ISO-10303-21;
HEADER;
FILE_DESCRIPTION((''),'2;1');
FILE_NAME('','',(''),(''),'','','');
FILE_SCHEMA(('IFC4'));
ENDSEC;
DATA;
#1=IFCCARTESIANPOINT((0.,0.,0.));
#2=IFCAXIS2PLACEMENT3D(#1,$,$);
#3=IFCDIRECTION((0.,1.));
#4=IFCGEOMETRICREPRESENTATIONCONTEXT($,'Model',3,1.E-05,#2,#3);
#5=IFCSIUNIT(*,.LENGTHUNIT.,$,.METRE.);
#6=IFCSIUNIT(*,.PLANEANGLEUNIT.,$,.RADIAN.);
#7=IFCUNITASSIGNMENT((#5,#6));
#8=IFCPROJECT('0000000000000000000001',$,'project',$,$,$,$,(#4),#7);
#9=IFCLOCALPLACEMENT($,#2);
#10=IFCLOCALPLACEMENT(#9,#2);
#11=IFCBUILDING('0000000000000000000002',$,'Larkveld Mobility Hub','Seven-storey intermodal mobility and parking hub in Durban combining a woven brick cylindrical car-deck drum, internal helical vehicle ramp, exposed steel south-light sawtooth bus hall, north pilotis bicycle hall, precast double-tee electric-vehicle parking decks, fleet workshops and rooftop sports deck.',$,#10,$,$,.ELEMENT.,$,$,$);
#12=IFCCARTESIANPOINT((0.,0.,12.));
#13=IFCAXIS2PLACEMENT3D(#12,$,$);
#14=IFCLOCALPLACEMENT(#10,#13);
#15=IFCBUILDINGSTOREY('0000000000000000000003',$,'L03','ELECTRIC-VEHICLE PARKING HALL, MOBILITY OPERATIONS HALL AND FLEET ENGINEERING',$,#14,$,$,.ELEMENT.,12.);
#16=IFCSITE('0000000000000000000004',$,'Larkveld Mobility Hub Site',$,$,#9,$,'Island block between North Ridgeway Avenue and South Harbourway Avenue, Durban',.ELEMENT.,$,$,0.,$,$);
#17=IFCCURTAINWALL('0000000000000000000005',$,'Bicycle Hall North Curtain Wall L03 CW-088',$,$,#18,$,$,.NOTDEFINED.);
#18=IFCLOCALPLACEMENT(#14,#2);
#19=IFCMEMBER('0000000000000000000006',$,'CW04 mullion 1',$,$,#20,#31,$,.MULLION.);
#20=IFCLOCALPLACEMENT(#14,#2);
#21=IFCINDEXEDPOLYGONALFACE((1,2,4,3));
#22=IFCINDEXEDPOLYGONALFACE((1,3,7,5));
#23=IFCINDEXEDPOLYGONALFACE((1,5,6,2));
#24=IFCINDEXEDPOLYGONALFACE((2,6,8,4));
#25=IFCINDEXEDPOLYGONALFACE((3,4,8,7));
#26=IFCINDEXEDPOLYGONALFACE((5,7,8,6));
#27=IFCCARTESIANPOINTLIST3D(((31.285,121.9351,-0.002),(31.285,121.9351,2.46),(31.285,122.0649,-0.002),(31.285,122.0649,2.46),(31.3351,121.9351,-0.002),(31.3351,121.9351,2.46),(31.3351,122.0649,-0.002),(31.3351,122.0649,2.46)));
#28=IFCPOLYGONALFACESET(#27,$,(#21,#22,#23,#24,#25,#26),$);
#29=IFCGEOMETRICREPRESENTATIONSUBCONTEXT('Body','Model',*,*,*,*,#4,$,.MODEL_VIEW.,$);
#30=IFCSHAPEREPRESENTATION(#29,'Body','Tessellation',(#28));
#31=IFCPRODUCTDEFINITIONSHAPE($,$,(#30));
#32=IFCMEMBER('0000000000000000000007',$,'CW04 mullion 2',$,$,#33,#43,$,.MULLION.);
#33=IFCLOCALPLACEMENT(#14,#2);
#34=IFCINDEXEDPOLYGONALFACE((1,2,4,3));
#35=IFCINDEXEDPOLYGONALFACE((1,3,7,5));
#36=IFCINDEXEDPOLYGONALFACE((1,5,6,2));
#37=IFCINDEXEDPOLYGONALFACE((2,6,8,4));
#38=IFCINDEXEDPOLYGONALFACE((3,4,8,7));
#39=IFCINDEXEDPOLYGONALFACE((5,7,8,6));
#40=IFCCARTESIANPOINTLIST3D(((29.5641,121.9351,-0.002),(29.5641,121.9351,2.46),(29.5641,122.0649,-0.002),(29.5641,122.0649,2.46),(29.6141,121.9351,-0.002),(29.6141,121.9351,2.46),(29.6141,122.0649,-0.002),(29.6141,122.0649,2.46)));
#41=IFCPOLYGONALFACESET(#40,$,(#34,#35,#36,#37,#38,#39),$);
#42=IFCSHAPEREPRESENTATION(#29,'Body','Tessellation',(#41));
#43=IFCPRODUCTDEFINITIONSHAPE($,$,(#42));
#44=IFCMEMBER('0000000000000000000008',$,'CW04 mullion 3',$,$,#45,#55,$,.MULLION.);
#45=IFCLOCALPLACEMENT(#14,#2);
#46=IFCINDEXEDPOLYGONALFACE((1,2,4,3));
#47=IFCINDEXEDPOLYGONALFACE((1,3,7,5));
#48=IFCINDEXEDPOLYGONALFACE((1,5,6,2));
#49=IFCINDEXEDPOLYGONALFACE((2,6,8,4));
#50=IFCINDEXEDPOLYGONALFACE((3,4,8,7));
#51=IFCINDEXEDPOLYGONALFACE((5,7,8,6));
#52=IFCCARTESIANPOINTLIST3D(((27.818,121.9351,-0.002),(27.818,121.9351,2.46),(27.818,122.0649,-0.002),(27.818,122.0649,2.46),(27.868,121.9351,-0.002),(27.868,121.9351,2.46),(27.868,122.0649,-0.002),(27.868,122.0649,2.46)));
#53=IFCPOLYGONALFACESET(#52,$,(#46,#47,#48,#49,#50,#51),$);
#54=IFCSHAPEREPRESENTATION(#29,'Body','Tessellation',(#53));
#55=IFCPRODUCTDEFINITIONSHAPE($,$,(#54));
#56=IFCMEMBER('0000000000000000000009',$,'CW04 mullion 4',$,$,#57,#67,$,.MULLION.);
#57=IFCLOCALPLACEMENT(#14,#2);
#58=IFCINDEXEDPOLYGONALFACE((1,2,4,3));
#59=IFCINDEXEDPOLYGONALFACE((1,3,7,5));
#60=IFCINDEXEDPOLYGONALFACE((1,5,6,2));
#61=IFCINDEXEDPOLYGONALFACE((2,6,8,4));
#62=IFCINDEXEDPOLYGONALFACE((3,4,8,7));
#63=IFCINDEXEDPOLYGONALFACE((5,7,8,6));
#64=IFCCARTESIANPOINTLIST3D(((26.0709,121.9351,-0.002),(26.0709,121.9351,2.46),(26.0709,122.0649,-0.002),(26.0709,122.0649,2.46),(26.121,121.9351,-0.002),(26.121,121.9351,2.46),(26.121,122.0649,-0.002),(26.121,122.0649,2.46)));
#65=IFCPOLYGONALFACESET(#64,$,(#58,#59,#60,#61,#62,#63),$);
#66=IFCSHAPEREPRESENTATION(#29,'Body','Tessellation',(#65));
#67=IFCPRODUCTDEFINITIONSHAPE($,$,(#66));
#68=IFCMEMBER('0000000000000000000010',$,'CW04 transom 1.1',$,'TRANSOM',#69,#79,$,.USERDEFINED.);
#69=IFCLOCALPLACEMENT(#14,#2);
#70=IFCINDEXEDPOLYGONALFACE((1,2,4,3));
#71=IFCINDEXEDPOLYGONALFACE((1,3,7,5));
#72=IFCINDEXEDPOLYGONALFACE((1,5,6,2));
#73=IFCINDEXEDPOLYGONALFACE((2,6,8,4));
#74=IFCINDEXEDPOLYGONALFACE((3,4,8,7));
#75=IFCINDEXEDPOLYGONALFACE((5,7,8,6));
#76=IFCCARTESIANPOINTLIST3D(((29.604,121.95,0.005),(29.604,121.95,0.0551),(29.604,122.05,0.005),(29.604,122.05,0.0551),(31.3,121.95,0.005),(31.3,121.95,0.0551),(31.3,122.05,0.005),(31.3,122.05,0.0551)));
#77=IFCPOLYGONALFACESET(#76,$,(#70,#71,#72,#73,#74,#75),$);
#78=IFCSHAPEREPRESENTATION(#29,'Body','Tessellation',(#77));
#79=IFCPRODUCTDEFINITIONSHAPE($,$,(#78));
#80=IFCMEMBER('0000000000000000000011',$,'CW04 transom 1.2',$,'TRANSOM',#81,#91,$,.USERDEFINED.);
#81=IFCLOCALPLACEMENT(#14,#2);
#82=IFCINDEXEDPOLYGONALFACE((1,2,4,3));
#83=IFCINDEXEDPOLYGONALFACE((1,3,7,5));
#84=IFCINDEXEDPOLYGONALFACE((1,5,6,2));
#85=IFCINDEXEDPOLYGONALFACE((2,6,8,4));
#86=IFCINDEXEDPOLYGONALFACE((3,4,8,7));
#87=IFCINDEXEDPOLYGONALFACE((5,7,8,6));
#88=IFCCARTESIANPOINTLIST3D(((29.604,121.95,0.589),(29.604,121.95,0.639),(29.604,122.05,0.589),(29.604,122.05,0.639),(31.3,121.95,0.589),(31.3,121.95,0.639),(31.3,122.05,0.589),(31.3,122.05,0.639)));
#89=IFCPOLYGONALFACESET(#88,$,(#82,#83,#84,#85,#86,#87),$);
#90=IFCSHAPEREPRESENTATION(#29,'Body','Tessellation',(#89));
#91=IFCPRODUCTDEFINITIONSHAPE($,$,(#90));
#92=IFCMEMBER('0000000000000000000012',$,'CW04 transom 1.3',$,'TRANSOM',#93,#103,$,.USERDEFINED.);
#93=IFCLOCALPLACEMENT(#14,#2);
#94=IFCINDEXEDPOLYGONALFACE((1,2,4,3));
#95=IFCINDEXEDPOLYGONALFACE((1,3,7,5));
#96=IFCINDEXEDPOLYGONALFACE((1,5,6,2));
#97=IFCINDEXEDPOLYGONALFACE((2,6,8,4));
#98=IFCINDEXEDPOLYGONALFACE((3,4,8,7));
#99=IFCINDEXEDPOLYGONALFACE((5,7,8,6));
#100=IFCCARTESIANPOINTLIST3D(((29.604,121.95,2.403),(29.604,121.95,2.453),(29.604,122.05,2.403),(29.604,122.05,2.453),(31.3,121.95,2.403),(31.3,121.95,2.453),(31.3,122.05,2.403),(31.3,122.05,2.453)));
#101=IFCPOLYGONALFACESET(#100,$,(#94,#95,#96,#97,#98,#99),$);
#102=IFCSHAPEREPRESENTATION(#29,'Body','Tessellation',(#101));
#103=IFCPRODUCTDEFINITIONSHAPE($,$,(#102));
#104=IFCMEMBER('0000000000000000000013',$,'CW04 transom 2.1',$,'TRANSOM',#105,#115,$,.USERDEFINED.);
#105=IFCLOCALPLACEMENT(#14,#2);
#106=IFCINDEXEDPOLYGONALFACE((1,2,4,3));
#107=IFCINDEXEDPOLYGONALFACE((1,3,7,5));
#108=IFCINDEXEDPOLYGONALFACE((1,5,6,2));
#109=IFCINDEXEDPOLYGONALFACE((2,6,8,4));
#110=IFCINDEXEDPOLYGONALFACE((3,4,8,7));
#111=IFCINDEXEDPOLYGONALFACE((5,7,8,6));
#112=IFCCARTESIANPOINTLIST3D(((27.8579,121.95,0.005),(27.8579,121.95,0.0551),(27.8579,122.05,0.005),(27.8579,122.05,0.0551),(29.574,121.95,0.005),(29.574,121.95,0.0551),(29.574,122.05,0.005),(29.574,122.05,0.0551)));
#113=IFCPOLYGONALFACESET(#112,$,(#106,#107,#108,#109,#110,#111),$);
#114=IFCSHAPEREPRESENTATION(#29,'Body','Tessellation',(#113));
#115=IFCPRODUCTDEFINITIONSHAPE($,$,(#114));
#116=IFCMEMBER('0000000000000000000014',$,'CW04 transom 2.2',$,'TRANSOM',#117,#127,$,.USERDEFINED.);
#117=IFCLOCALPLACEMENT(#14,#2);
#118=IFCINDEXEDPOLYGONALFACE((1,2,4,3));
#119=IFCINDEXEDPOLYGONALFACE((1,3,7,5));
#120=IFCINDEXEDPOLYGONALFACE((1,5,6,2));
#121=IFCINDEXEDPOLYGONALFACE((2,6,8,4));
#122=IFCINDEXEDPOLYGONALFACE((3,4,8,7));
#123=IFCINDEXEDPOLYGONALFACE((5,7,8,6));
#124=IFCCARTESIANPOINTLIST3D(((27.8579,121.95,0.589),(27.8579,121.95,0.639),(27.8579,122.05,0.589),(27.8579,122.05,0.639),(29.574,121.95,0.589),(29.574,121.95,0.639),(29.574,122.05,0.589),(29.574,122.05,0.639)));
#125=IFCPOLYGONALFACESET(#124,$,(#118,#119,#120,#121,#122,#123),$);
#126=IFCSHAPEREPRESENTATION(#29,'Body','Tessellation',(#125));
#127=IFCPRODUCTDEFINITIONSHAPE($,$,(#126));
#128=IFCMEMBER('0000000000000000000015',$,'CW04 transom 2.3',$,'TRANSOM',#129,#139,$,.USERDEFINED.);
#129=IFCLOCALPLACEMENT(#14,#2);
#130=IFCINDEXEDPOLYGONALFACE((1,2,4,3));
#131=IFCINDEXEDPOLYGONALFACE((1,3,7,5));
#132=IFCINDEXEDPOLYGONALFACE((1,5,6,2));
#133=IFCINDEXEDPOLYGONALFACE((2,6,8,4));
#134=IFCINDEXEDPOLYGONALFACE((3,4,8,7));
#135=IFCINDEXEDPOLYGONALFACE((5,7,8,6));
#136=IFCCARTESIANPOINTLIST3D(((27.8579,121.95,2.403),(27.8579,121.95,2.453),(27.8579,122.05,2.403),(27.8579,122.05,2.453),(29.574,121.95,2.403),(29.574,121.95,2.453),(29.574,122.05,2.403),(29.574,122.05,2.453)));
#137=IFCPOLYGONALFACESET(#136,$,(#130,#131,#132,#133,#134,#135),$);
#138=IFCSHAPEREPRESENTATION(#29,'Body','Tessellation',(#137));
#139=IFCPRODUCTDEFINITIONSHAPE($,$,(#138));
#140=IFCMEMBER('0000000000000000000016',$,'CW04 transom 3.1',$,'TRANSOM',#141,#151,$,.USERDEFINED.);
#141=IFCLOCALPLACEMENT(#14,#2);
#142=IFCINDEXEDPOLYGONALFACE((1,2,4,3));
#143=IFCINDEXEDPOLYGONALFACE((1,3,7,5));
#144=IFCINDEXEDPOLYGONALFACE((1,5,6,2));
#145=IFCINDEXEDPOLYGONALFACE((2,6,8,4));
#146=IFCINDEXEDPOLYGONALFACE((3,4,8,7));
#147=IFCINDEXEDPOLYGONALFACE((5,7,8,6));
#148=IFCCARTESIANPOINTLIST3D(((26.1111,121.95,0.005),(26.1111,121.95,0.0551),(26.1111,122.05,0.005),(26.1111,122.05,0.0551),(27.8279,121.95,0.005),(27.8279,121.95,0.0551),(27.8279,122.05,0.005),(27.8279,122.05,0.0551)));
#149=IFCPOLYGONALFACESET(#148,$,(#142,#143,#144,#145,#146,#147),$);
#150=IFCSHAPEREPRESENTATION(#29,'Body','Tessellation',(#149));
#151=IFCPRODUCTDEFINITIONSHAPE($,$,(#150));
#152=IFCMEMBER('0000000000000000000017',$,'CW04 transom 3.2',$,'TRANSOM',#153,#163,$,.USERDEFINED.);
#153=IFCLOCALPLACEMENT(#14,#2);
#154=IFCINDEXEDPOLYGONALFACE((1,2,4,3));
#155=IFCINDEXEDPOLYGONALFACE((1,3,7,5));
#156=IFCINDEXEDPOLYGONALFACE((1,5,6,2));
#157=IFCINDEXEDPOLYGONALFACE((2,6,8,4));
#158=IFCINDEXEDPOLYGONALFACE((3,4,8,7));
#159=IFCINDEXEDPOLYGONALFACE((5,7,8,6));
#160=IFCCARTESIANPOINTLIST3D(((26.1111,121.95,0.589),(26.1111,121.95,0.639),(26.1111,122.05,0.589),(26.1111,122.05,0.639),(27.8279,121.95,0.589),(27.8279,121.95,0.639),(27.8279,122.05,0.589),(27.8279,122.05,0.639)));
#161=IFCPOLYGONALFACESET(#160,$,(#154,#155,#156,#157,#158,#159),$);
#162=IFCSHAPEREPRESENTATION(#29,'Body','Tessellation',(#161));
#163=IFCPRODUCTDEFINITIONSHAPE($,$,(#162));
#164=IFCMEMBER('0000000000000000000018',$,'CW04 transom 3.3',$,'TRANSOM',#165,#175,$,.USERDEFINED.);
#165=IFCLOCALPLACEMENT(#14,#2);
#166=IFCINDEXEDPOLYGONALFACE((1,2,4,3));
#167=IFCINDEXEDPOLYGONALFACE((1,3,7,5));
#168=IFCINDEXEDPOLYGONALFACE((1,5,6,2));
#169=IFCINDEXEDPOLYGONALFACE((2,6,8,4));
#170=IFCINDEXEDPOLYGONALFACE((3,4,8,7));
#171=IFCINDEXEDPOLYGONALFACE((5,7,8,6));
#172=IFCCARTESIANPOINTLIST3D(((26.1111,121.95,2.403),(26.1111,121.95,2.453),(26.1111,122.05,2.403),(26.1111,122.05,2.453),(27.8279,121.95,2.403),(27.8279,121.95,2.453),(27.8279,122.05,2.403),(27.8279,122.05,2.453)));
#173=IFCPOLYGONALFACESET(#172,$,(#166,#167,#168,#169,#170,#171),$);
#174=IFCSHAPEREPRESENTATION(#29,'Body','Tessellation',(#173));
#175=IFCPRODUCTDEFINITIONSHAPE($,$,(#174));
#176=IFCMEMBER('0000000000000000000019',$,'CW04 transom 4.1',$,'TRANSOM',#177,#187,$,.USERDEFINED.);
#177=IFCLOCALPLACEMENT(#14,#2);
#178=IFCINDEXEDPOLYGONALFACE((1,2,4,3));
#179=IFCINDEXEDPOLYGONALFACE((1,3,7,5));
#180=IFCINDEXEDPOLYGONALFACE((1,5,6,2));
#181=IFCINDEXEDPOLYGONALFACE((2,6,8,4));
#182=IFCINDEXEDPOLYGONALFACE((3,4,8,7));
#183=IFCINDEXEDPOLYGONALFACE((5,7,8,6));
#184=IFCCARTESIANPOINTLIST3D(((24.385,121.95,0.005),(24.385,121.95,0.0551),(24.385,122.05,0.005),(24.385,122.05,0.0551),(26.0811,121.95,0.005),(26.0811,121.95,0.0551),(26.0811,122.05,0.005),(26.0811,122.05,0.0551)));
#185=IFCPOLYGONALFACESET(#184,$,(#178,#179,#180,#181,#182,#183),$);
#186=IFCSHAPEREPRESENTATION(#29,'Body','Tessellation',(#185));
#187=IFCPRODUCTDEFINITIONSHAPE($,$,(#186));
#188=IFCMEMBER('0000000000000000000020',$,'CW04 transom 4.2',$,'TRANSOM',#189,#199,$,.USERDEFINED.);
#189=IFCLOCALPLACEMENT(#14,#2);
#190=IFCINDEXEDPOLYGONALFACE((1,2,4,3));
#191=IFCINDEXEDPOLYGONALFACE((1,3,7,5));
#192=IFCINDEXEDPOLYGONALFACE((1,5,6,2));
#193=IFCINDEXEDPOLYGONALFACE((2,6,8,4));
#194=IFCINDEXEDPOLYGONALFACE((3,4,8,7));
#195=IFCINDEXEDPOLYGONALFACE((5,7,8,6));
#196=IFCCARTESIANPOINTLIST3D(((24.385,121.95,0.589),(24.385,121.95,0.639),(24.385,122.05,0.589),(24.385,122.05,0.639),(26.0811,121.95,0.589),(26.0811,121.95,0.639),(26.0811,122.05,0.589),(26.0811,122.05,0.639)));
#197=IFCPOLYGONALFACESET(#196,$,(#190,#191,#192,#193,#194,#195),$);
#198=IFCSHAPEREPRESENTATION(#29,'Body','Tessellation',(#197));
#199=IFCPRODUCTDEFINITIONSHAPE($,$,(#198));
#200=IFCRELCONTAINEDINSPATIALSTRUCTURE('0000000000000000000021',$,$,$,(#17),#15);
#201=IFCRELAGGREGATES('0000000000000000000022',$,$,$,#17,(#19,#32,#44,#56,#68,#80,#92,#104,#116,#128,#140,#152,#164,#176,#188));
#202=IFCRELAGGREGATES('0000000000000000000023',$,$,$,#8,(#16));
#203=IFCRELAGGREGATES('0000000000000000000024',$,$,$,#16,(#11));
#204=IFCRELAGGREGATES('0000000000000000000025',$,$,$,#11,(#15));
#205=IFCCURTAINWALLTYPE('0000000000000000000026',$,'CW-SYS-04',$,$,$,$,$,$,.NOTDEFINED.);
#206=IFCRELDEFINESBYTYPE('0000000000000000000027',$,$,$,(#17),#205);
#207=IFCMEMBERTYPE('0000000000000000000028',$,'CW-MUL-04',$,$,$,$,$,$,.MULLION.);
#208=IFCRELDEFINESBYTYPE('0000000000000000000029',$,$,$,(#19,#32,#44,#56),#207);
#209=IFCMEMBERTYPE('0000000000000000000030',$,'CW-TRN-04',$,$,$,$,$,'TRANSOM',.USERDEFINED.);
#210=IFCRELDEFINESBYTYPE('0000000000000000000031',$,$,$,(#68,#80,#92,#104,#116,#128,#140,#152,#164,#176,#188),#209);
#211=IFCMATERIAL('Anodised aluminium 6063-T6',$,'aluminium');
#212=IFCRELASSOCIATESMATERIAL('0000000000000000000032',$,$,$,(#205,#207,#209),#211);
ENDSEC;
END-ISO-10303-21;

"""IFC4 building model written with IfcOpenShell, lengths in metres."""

from ifc_helpers import new_model, si_unit, direction, frame, origin, origin_2d, place, context, subcontext, project, spatial, rectangle, extrude, material, material_profile, profile_set, type_object, element, aggregate, save


model = new_model("IFC4")

# Units and contexts
model_context = context("Model", 3, precision=1e-05, world=origin(), true_north=direction((0.0, 1.0)))
body_context = subcontext(model_context, "Body", "Model", "MODEL_VIEW")
ifc_project = project(units=[si_unit("LENGTHUNIT", "METRE"), si_unit("PLANEANGLEUNIT", "RADIAN")], contexts=[model_context])

# Site, building, storey
site_placement = place(None, origin())
site = spatial("IfcSite", under=ifc_project, at=site_placement, Name="Larkveld Mobility Hub Site", LongName="Island block between North Ridgeway Avenue and South Harbourway Avenue, Durban", CompositionType="ELEMENT", RefElevation=0.0)
building_placement = place(site_placement, origin())
building = spatial("IfcBuilding", under=site, at=building_placement, Name="Larkveld Mobility Hub", Description="Seven-storey intermodal mobility and parking hub in Durban combining a woven brick cylindrical car-deck drum, internal helical vehicle ramp, exposed steel south-light sawtooth bus hall, north pilotis bicycle hall, precast double-tee electric-vehicle parking decks, fleet workshops and rooftop sports deck.", CompositionType="ELEMENT")
storey_placement = place(building_placement, frame((0.0, 0.0, 12.0)))
storey = spatial("IfcBuildingStorey", under=building, at=storey_placement, Name="L03", Description="ELECTRIC-VEHICLE PARKING HALL, MOBILITY OPERATIONS HALL AND FLEET ENGINEERING", CompositionType="ELEMENT", Elevation=12.0)

# Curtain wall, members
ifc_material_1 = material(Name="Anodised aluminium 6063-T6", Category="aluminium")
curtain_wall_type = type_object("IfcCurtainWallType", Name="CW-SYS-04", PredefinedType="NOTDEFINED", material=ifc_material_1)
curtain_wall_placement = place(storey_placement, origin())
curtain_wall = element("IfcCurtainWall", 1, at=curtain_wall_placement, inside=storey, type_object=curtain_wall_type, Name="Bicycle Hall North Curtain Wall L03 CW-088", PredefinedType="NOTDEFINED")
ifc_material_profile_1 = material_profile(ifc_material_1, rectangle(XDim=0.05, YDim=0.1299, at=origin_2d()), Name="ALU MULL 50x130")
ifc_profile_set_1 = profile_set([ifc_material_profile_1], Name="Anodised aluminium 6063-T6")
member_type_1 = type_object("IfcMemberType", Name="CW-MUL-04", PredefinedType="MULLION", material=ifc_profile_set_1)
member_1_placement = place(storey_placement, frame((31.3101, 122.0, -0.002), z_axis=(0.0, 0.0, 1.0), x_axis=(-1.0, 0.0, 0.0)))
member_1 = element("IfcMember", 2, at=member_1_placement, type_object=member_type_1, Name="CW04 mullion 1", PredefinedType="MULLION", context=body_context, shape_type="SweptSolid", body=[
    extrude(rectangle(XDim=0.05, YDim=0.1299, at=origin_2d()), origin(), (0.0, 0.0, 1.0), 2.4619),
])
member_2_placement = place(storey_placement, frame((29.5891, 122.0, -0.002), z_axis=(0.0, 0.0, 1.0), x_axis=(-1.0, 0.0, 0.0)))
member_2 = element("IfcMember", 3, at=member_2_placement, type_object=member_type_1, Name="CW04 mullion 2", PredefinedType="MULLION", context=body_context, shape_type="SweptSolid", body=[
    extrude(rectangle(XDim=0.05, YDim=0.1299, at=origin_2d()), origin(), (0.0, 0.0, 1.0), 2.4619),
])
member_3_placement = place(storey_placement, frame((27.843, 122.0, -0.002), z_axis=(0.0, 0.0, 1.0), x_axis=(-1.0, 0.0, 0.0)))
member_3 = element("IfcMember", 4, at=member_3_placement, type_object=member_type_1, Name="CW04 mullion 3", PredefinedType="MULLION", context=body_context, shape_type="SweptSolid", body=[
    extrude(rectangle(XDim=0.05, YDim=0.1299, at=origin_2d()), origin(), (0.0, 0.0, 1.0), 2.4619),
])
member_4_placement = place(storey_placement, frame((26.0959, 122.0, -0.002), z_axis=(0.0, 0.0, 1.0), x_axis=(-1.0, 0.0, 0.0)))
member_4 = element("IfcMember", 5, at=member_4_placement, type_object=member_type_1, Name="CW04 mullion 4", PredefinedType="MULLION", context=body_context, shape_type="SweptSolid", body=[
    extrude(rectangle(XDim=0.05, YDim=0.1299, at=origin_2d()), origin(), (0.0, 0.0, 1.0), 2.4619),
])
ifc_material_profile_2 = material_profile(ifc_material_1, rectangle(XDim=0.1001, YDim=0.05, at=origin_2d()), Name="ALU TRAN 50x100")
ifc_profile_set_2 = profile_set([ifc_material_profile_2], Name="Anodised aluminium 6063-T6")
member_type_2 = type_object("IfcMemberType", Name="CW-TRN-04", ElementType="TRANSOM", PredefinedType="USERDEFINED", material=ifc_profile_set_2)
member_5_placement = place(storey_placement, frame((31.3, 122.0, 0.03), z_axis=(-1.0, 0.0, 0.0), x_axis=(0.0, -1.0, 0.0)))
member_5 = element("IfcMember", 6, at=member_5_placement, type_object=member_type_2, Name="CW04 transom 1.1", ObjectType="TRANSOM", PredefinedType="USERDEFINED", context=body_context, shape_type="SweptSolid", body=[
    extrude(rectangle(XDim=0.1001, YDim=0.05, at=origin_2d()), origin(), (0.0, 0.0, 1.0), 1.696),
])
member_6_placement = place(storey_placement, frame((31.3, 122.0, 0.614), z_axis=(-1.0, 0.0, 0.0), x_axis=(0.0, -1.0, 0.0)))
member_6 = element("IfcMember", 7, at=member_6_placement, type_object=member_type_2, Name="CW04 transom 1.2", ObjectType="TRANSOM", PredefinedType="USERDEFINED", context=body_context, shape_type="SweptSolid", body=[
    extrude(rectangle(XDim=0.1001, YDim=0.05, at=origin_2d()), origin(), (0.0, 0.0, 1.0), 1.696),
])
member_7_placement = place(storey_placement, frame((31.3, 122.0, 2.428), z_axis=(-1.0, 0.0, 0.0), x_axis=(0.0, -1.0, 0.0)))
member_7 = element("IfcMember", 8, at=member_7_placement, type_object=member_type_2, Name="CW04 transom 1.3", ObjectType="TRANSOM", PredefinedType="USERDEFINED", context=body_context, shape_type="SweptSolid", body=[
    extrude(rectangle(XDim=0.1001, YDim=0.05, at=origin_2d()), origin(), (0.0, 0.0, 1.0), 1.696),
])
member_8_placement = place(storey_placement, frame((29.574, 122.0, 0.03), z_axis=(-1.0, 0.0, 0.0), x_axis=(0.0, -1.0, 0.0)))
member_8 = element("IfcMember", 9, at=member_8_placement, type_object=member_type_2, Name="CW04 transom 2.1", ObjectType="TRANSOM", PredefinedType="USERDEFINED", context=body_context, shape_type="SweptSolid", body=[
    extrude(rectangle(XDim=0.1001, YDim=0.05, at=origin_2d()), origin(), (0.0, 0.0, 1.0), 1.7161),
])
member_9_placement = place(storey_placement, frame((29.574, 122.0, 0.614), z_axis=(-1.0, 0.0, 0.0), x_axis=(0.0, -1.0, 0.0)))
member_9 = element("IfcMember", 10, at=member_9_placement, type_object=member_type_2, Name="CW04 transom 2.2", ObjectType="TRANSOM", PredefinedType="USERDEFINED", context=body_context, shape_type="SweptSolid", body=[
    extrude(rectangle(XDim=0.1001, YDim=0.05, at=origin_2d()), origin(), (0.0, 0.0, 1.0), 1.7161),
])
member_10_placement = place(storey_placement, frame((29.574, 122.0, 2.428), z_axis=(-1.0, 0.0, 0.0), x_axis=(0.0, -1.0, 0.0)))
member_10 = element("IfcMember", 11, at=member_10_placement, type_object=member_type_2, Name="CW04 transom 2.3", ObjectType="TRANSOM", PredefinedType="USERDEFINED", context=body_context, shape_type="SweptSolid", body=[
    extrude(rectangle(XDim=0.1001, YDim=0.05, at=origin_2d()), origin(), (0.0, 0.0, 1.0), 1.7161),
])
member_11_placement = place(storey_placement, frame((27.8279, 122.0, 0.03), z_axis=(-1.0, 0.0, 0.0), x_axis=(0.0, -1.0, 0.0)))
member_11 = element("IfcMember", 12, at=member_11_placement, type_object=member_type_2, Name="CW04 transom 3.1", ObjectType="TRANSOM", PredefinedType="USERDEFINED", context=body_context, shape_type="SweptSolid", body=[
    extrude(rectangle(XDim=0.1001, YDim=0.05, at=origin_2d()), origin(), (0.0, 0.0, 1.0), 1.7168),
])
member_12_placement = place(storey_placement, frame((27.8279, 122.0, 0.614), z_axis=(-1.0, 0.0, 0.0), x_axis=(0.0, -1.0, 0.0)))
member_12 = element("IfcMember", 13, at=member_12_placement, type_object=member_type_2, Name="CW04 transom 3.2", ObjectType="TRANSOM", PredefinedType="USERDEFINED", context=body_context, shape_type="SweptSolid", body=[
    extrude(rectangle(XDim=0.1001, YDim=0.05, at=origin_2d()), origin(), (0.0, 0.0, 1.0), 1.7168),
])
member_13_placement = place(storey_placement, frame((27.8279, 122.0, 2.428), z_axis=(-1.0, 0.0, 0.0), x_axis=(0.0, -1.0, 0.0)))
member_13 = element("IfcMember", 14, at=member_13_placement, type_object=member_type_2, Name="CW04 transom 3.3", ObjectType="TRANSOM", PredefinedType="USERDEFINED", context=body_context, shape_type="SweptSolid", body=[
    extrude(rectangle(XDim=0.1001, YDim=0.05, at=origin_2d()), origin(), (0.0, 0.0, 1.0), 1.7168),
])
member_14_placement = place(storey_placement, frame((26.0811, 122.0, 0.03), z_axis=(-1.0, 0.0, 0.0), x_axis=(0.0, -1.0, 0.0)))
member_14 = element("IfcMember", 15, at=member_14_placement, type_object=member_type_2, Name="CW04 transom 4.1", ObjectType="TRANSOM", PredefinedType="USERDEFINED", context=body_context, shape_type="SweptSolid", body=[
    extrude(rectangle(XDim=0.1001, YDim=0.05, at=origin_2d()), origin(), (0.0, 0.0, 1.0), 1.696),
])
member_15_placement = place(storey_placement, frame((26.0811, 122.0, 0.614), z_axis=(-1.0, 0.0, 0.0), x_axis=(0.0, -1.0, 0.0)))
member_15 = element("IfcMember", 16, at=member_15_placement, type_object=member_type_2, Name="CW04 transom 4.2", ObjectType="TRANSOM", PredefinedType="USERDEFINED", context=body_context, shape_type="SweptSolid", body=[
    extrude(rectangle(XDim=0.1001, YDim=0.05, at=origin_2d()), origin(), (0.0, 0.0, 1.0), 1.696),
])
aggregate(curtain_wall, [member_1, member_2, member_3, member_4, member_5, member_6, member_7, member_8, member_9, member_10, member_11, member_12, member_13, member_14, member_15])

save(model, "model.ifc")
